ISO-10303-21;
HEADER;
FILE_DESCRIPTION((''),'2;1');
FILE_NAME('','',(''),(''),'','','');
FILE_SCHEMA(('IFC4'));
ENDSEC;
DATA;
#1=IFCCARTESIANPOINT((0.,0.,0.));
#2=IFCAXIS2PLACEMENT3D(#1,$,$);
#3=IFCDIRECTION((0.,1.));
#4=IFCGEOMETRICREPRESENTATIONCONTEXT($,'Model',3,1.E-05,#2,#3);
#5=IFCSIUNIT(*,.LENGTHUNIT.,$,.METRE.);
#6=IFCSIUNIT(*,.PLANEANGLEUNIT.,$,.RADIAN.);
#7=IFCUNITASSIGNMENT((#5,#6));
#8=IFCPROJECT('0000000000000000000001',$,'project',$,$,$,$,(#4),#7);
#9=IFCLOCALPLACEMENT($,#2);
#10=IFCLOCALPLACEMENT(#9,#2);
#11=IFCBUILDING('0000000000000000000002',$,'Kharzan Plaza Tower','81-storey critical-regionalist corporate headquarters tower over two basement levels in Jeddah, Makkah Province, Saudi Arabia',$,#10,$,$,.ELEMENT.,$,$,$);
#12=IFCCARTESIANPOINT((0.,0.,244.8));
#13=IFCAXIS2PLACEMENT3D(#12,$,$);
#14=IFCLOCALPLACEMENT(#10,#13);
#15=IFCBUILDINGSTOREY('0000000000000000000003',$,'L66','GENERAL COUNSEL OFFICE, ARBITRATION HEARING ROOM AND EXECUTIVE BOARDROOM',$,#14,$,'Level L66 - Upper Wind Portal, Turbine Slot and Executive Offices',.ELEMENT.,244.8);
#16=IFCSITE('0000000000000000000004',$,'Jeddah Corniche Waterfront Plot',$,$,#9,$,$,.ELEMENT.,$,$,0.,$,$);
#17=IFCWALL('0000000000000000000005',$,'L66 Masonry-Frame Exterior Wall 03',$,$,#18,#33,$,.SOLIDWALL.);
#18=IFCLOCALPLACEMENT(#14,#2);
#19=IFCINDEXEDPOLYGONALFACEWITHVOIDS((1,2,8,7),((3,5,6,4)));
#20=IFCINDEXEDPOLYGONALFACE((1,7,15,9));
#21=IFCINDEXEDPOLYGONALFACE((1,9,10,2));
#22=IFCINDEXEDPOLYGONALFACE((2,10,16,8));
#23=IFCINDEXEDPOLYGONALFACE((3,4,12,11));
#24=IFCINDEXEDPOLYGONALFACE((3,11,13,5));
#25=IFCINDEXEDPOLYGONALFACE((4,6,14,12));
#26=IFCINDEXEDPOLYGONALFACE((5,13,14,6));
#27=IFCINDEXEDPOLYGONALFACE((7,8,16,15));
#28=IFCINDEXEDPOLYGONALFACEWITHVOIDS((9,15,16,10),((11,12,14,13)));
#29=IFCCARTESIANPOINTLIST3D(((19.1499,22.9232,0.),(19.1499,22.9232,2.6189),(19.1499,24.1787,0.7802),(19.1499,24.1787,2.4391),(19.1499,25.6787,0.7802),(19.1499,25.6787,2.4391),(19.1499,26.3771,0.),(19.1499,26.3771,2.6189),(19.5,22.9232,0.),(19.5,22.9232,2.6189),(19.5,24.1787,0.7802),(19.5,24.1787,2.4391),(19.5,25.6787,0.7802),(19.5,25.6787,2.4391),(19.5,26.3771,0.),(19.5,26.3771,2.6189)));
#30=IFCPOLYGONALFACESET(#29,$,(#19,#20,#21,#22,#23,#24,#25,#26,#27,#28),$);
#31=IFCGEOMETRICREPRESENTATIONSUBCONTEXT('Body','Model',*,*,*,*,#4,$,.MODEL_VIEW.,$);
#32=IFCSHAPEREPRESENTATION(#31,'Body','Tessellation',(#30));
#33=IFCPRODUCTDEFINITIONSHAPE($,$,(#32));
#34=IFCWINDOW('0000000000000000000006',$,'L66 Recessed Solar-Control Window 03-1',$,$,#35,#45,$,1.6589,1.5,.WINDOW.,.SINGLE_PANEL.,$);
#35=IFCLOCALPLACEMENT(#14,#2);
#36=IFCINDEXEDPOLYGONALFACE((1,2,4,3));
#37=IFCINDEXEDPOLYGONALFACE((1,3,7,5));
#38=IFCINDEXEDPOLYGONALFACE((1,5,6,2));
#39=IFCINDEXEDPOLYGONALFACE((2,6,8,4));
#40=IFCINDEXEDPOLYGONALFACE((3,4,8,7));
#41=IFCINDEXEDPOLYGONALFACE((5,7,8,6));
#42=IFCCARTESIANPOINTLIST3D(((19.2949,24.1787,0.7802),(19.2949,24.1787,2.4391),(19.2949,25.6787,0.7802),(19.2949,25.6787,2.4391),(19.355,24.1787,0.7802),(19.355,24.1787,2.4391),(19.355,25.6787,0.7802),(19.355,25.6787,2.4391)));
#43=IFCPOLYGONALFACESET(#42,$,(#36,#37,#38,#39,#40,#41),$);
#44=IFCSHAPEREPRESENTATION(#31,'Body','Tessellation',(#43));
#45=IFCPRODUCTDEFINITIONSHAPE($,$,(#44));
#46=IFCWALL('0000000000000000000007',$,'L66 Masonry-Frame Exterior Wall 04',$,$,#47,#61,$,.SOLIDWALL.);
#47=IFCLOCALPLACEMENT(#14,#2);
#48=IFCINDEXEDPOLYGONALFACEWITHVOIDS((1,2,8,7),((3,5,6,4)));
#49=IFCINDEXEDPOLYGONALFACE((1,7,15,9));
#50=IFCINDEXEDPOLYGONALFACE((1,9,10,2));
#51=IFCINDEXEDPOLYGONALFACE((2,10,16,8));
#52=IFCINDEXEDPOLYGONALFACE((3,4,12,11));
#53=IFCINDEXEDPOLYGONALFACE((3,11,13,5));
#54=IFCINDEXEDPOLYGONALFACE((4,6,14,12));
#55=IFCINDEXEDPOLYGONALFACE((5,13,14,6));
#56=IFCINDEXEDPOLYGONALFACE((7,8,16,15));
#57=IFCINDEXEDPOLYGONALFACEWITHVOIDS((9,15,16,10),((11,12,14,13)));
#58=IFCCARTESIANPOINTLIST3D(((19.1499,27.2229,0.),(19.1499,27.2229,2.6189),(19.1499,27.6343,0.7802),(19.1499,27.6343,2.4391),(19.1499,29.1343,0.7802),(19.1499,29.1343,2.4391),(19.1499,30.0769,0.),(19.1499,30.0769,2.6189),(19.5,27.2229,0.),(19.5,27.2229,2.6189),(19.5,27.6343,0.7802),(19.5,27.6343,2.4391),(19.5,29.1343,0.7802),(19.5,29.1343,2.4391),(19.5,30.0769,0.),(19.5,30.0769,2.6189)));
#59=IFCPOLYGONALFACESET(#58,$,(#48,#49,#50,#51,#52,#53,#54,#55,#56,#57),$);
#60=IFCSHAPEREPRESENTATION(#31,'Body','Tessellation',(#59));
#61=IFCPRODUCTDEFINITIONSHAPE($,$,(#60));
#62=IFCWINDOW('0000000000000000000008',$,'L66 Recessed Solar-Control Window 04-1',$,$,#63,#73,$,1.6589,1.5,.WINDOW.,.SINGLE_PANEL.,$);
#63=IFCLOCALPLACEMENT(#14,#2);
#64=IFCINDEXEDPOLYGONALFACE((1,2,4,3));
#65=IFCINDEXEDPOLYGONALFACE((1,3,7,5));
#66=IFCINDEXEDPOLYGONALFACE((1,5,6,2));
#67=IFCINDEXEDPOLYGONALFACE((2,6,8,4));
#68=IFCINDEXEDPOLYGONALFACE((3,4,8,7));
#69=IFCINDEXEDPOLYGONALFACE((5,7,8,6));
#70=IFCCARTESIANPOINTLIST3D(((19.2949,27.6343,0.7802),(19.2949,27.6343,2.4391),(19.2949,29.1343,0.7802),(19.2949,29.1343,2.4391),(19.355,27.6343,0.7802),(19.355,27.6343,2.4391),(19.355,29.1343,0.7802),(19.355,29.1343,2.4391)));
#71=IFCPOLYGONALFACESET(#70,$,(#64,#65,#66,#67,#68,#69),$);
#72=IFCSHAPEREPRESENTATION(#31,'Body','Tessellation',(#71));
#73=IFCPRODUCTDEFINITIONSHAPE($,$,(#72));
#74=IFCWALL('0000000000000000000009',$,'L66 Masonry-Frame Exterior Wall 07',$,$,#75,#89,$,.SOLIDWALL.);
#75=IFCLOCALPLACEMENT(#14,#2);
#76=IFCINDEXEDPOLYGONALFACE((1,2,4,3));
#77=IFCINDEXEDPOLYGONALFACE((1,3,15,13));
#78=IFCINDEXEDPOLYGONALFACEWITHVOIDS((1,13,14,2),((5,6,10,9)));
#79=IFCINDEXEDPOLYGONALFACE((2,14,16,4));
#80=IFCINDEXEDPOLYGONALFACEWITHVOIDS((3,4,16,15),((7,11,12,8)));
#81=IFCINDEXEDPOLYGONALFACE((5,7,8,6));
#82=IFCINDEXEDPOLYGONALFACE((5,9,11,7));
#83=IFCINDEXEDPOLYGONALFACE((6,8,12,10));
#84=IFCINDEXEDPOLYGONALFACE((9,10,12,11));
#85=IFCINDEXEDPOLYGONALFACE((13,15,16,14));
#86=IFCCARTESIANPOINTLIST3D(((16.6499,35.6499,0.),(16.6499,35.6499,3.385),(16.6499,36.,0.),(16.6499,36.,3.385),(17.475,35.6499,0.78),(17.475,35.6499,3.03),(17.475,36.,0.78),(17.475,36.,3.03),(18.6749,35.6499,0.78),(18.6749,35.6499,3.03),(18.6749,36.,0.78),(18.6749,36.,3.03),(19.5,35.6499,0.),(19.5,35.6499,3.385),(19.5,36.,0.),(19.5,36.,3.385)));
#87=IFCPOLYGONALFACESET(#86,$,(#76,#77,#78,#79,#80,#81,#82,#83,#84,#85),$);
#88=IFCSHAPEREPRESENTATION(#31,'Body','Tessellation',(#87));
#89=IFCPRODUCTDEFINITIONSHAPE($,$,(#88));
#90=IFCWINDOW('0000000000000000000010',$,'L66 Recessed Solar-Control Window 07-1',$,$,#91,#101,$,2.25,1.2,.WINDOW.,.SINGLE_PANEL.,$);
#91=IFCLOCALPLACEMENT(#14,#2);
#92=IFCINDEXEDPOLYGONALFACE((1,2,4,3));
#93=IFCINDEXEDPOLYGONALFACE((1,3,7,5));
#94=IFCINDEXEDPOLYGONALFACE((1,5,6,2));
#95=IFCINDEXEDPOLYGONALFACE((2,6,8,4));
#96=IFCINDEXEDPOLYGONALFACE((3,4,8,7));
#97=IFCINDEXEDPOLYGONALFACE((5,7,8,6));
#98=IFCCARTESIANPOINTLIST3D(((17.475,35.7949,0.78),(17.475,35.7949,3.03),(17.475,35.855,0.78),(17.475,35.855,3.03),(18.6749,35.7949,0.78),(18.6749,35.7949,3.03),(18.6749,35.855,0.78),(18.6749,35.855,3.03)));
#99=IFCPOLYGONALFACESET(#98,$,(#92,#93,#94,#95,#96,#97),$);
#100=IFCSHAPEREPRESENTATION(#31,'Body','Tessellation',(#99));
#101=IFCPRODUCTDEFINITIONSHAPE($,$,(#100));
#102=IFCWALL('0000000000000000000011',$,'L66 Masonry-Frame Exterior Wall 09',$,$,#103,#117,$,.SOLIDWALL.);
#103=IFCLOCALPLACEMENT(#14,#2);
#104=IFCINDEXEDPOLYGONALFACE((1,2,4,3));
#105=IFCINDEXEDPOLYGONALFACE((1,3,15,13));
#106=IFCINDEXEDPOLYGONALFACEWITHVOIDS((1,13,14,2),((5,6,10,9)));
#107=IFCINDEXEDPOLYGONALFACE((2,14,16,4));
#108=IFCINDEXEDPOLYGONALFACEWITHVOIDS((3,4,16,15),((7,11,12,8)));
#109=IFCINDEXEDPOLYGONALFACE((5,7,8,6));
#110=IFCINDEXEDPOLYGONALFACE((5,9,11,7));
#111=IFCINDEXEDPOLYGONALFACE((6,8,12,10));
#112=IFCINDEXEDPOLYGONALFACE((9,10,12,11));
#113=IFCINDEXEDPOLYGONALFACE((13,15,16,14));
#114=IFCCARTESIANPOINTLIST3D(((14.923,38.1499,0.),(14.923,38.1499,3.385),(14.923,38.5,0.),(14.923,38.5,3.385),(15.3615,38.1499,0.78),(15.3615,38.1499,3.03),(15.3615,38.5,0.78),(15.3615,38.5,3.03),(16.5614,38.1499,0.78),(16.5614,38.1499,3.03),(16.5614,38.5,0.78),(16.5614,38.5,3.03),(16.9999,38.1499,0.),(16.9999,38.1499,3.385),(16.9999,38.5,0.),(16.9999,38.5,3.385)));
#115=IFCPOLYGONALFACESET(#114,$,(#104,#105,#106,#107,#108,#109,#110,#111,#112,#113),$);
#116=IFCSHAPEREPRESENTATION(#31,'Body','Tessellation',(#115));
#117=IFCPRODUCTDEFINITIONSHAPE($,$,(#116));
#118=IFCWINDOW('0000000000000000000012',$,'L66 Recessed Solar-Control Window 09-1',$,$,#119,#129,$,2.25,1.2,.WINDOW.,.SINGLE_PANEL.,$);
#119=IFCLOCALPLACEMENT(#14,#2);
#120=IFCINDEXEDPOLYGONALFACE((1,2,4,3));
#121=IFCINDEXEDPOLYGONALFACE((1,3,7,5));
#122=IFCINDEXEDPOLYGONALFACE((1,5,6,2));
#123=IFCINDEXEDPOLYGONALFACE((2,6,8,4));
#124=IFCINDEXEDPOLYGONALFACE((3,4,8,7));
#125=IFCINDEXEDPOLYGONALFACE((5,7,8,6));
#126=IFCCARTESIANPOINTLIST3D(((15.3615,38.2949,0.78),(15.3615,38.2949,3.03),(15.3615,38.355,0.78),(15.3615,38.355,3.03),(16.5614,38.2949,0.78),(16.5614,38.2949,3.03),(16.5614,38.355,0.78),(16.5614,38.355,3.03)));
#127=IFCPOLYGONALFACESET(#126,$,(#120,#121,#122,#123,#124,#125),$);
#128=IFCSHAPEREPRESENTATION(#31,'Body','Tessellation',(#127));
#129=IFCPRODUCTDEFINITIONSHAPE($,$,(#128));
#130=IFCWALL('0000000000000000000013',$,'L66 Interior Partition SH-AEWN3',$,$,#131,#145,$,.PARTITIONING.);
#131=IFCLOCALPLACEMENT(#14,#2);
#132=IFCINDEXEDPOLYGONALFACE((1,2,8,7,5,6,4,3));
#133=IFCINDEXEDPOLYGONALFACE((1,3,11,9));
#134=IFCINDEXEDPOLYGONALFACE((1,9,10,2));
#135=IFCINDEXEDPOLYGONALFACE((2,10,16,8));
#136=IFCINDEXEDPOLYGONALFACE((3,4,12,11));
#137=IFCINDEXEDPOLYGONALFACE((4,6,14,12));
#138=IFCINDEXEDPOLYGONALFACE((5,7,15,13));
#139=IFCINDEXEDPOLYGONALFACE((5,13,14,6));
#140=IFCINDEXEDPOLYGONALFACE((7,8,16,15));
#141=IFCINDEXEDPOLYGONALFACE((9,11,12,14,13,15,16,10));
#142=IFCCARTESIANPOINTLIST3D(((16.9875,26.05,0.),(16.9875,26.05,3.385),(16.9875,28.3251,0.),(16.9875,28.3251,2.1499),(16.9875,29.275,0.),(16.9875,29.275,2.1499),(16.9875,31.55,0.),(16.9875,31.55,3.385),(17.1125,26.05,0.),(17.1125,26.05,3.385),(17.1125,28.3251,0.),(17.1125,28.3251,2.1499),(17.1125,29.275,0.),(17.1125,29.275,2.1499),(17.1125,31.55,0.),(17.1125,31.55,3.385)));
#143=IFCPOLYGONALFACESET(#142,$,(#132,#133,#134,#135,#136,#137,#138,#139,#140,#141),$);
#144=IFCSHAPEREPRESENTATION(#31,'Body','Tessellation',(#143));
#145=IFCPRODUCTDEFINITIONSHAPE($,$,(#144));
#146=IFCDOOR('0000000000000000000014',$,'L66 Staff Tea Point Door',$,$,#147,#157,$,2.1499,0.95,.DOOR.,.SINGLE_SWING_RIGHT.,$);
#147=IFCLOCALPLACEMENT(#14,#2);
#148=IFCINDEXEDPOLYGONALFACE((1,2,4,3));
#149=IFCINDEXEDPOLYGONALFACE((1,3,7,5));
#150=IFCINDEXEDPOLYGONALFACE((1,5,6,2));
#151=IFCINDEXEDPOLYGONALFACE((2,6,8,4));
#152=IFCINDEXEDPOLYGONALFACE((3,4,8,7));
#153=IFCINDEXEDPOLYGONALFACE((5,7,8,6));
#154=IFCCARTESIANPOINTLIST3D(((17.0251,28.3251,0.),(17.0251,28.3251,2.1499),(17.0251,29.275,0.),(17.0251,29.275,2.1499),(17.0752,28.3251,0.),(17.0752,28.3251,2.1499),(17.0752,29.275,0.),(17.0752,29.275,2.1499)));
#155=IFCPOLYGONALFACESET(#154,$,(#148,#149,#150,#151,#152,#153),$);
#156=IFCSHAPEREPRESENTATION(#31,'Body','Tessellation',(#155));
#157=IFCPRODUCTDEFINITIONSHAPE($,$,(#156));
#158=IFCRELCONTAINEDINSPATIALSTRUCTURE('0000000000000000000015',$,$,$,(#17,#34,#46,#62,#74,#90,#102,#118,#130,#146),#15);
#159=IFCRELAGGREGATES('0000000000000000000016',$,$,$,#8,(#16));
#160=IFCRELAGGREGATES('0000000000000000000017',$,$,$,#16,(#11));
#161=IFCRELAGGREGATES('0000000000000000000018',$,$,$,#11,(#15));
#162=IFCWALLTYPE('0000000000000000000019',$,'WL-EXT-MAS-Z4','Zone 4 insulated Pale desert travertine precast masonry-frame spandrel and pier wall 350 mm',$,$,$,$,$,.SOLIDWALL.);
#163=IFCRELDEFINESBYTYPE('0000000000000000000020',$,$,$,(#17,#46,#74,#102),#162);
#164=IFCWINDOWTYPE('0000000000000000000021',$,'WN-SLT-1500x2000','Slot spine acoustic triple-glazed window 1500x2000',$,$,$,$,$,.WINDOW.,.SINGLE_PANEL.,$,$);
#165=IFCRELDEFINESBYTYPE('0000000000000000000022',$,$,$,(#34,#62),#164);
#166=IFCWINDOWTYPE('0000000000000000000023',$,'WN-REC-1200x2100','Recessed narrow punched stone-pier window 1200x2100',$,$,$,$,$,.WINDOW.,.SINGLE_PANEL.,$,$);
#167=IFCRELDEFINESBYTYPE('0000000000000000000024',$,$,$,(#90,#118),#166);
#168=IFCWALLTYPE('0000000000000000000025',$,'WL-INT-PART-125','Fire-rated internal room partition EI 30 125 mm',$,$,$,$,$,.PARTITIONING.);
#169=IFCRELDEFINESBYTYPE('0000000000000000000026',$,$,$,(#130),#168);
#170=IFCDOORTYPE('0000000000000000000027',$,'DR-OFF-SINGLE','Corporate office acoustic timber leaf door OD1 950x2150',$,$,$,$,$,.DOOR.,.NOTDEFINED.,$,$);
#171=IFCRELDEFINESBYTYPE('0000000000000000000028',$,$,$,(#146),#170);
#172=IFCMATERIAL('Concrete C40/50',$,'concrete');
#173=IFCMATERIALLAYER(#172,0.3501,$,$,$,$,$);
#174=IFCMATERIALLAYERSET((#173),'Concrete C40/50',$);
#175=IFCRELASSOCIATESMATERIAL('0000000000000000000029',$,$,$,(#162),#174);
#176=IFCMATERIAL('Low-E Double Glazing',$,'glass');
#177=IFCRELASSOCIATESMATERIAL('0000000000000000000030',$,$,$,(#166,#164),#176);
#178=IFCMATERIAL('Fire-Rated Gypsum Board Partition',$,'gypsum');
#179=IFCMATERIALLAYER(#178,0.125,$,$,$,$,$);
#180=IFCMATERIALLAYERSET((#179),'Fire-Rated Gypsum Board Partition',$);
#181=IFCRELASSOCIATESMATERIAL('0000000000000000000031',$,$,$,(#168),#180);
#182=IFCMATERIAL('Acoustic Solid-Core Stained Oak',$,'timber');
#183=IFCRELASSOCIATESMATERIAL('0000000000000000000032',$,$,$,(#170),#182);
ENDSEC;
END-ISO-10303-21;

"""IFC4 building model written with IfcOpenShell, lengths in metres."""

from ifc_helpers import new_model, si_unit, direction, frame, frame_2d, origin, place, context, subcontext, project, spatial, rectangle, extrude, source, transform, mapped, material, layer, layer_set, type_object, element, fill, save


model = new_model("IFC4")

# Units and contexts
model_context = context("Model", 3, precision=1e-05, world=origin(), true_north=direction((0.0, 1.0)))
body_context = subcontext(model_context, "Body", "Model", "MODEL_VIEW")
ifc_project = project(units=[si_unit("LENGTHUNIT", "METRE"), si_unit("PLANEANGLEUNIT", "RADIAN")], contexts=[model_context])

# Site, building, storey
site_placement = place(None, origin())
site = spatial("IfcSite", under=ifc_project, at=site_placement, Name="Jeddah Corniche Waterfront Plot", CompositionType="ELEMENT", RefElevation=0.0)
building_placement = place(site_placement, origin())
building = spatial("IfcBuilding", under=site, at=building_placement, Name="Kharzan Plaza Tower", Description="81-storey critical-regionalist corporate headquarters tower over two basement levels in Jeddah, Makkah Province, Saudi Arabia", CompositionType="ELEMENT")
storey_placement = place(building_placement, frame((0.0, 0.0, 244.8)))
storey = spatial("IfcBuildingStorey", under=building, at=storey_placement, Name="L66", Description="GENERAL COUNSEL OFFICE, ARBITRATION HEARING ROOM AND EXECUTIVE BOARDROOM", LongName="Level L66 - Upper Wind Portal, Turbine Slot and Executive Offices", CompositionType="ELEMENT", Elevation=244.8)

# Walls, openings, windows
ifc_material_1 = material(Name="Concrete C40/50", Category="concrete")
ifc_layer_1 = layer(ifc_material_1, 0.3501)
ifc_layer_set_1 = layer_set([ifc_layer_1], Name="Concrete C40/50")
wall_type_1 = type_object("IfcWallType", Name="WL-EXT-MAS-Z4", Description="Zone 4 insulated Pale desert travertine precast masonry-frame spandrel and pier wall 350 mm", PredefinedType="SOLIDWALL", material=ifc_layer_set_1)
ifc_material_2 = material(Name="Low-E Double Glazing", Category="glass")
window_type_1 = type_object("IfcWindowType", Name="WN-REC-1200x2100", Description="Recessed narrow punched stone-pier window 1200x2100", PartitioningType="SINGLE_PANEL", PredefinedType="WINDOW", material=ifc_material_2)
wall_1_placement = place(storey_placement, frame((19.325, 22.9231, 0.0), z_axis=(0.0, 0.0, 1.0), x_axis=(0.0, 1.0, 0.0)))
wall_1 = element("IfcWall", 1, at=wall_1_placement, inside=storey, type_object=wall_type_1, Name="L66 Masonry-Frame Exterior Wall 03", PredefinedType="SOLIDWALL", context=body_context, shape_type="SweptSolid", body=[
    extrude(rectangle(XDim=3.4539, YDim=0.3501, at=frame_2d((1.7271, 0.0))), origin(), (0.0, 0.0, 1.0), 2.6189),
])
opening_1_placement = place(wall_1_placement, frame((1.2556, 0.0, 0.78)))
opening_1 = element("IfcOpeningElement", 2, at=opening_1_placement, cuts=wall_1, PredefinedType="OPENING", context=body_context, shape_type="SweptSolid", body=[
    extrude(rectangle(XDim=1.5, YDim=1.6589, at=frame_2d((0.75, 0.8296))), frame((0.0, 0.1851, 0.0), z_axis=(0.0, -1.0, 0.0), x_axis=(1.0, 0.0, 0.0)), (0.0, 0.0, 1.0), 0.3701),
])
window_type_2 = type_object("IfcWindowType", Name="WN-SLT-1500x2000", Description="Slot spine acoustic triple-glazed window 1500x2000", PartitioningType="SINGLE_PANEL", PredefinedType="WINDOW", material=ifc_material_2)
shared_shape_1 = source(origin(), body_context, "Body", "SweptSolid", [
    extrude(rectangle(XDim=1.5, YDim=1.6589, at=frame_2d((0.75, 0.8296))), frame((0.0, 0.03, 0.0), z_axis=(0.0, -1.0, 0.0), x_axis=(1.0, 0.0, 0.0)), (0.0, 0.0, 1.0), 0.0601),
])
window_1_placement = place(opening_1_placement, origin())
window_1 = element("IfcWindow", 3, at=window_1_placement, inside=storey, type_object=window_type_2, Name="L66 Recessed Solar-Control Window 03-1", OverallHeight=1.6589, OverallWidth=1.5, PartitioningType="SINGLE_PANEL", PredefinedType="WINDOW", context=body_context, shape_type="MappedRepresentation", body=[
    mapped(shared_shape_1, transform((0.0, 0.0, 0.0), x_axis=(1.0, 0.0, 0.0), y_axis=(0.0, 1.0, 0.0), z_axis=(0.0, 0.0, 1.0))),
])
fill(opening_1, window_1)
wall_2_placement = place(storey_placement, frame((19.325, 27.2229, 0.0), z_axis=(0.0, 0.0, 1.0), x_axis=(0.0, 1.0, 0.0)))
wall_2 = element("IfcWall", 4, at=wall_2_placement, inside=storey, type_object=wall_type_1, Name="L66 Masonry-Frame Exterior Wall 04", PredefinedType="SOLIDWALL", context=body_context, shape_type="SweptSolid", body=[
    extrude(rectangle(XDim=2.854, YDim=0.3501, at=frame_2d((1.427, 0.0))), origin(), (0.0, 0.0, 1.0), 2.6189),
])
opening_2_placement = place(wall_2_placement, frame((0.4114, 0.0, 0.78)))
opening_2 = element("IfcOpeningElement", 5, at=opening_2_placement, cuts=wall_2, PredefinedType="OPENING", context=body_context, shape_type="SweptSolid", body=[
    extrude(rectangle(XDim=1.5, YDim=1.6589, at=frame_2d((0.75, 0.8296))), frame((0.0, 0.1851, 0.0), z_axis=(0.0, -1.0, 0.0), x_axis=(1.0, 0.0, 0.0)), (0.0, 0.0, 1.0), 0.3701),
])
window_2_placement = place(opening_2_placement, origin())
window_2 = element("IfcWindow", 6, at=window_2_placement, inside=storey, type_object=window_type_2, Name="L66 Recessed Solar-Control Window 04-1", OverallHeight=1.6589, OverallWidth=1.5, PartitioningType="SINGLE_PANEL", PredefinedType="WINDOW", context=body_context, shape_type="MappedRepresentation", body=[
    mapped(shared_shape_1, transform((0.0, 0.0, 0.0), x_axis=(1.0, 0.0, 0.0), y_axis=(0.0, 1.0, 0.0), z_axis=(0.0, 0.0, 1.0))),
])
fill(opening_2, window_2)
wall_3_placement = place(storey_placement, frame((19.5, 35.825, 0.0), z_axis=(0.0, 0.0, 1.0), x_axis=(-1.0, 0.0, 0.0)))
wall_3 = element("IfcWall", 7, at=wall_3_placement, inside=storey, type_object=wall_type_1, Name="L66 Masonry-Frame Exterior Wall 07", PredefinedType="SOLIDWALL", context=body_context, shape_type="SweptSolid", body=[
    extrude(rectangle(XDim=2.8501, YDim=0.3501, at=frame_2d((1.425, 0.0))), origin(), (0.0, 0.0, 1.0), 3.385),
])
opening_3_placement = place(wall_3_placement, frame((0.825, 0.0, 0.78)))
opening_3 = element("IfcOpeningElement", 8, at=opening_3_placement, cuts=wall_3, PredefinedType="OPENING", context=body_context, shape_type="SweptSolid", body=[
    extrude(rectangle(XDim=1.2, YDim=2.25, at=frame_2d((0.6001, 1.125))), frame((0.0, 0.1851, 0.0), z_axis=(0.0, -1.0, 0.0), x_axis=(1.0, 0.0, 0.0)), (0.0, 0.0, 1.0), 0.3701),
])
shared_shape_2 = source(origin(), body_context, "Body", "SweptSolid", [
    extrude(rectangle(XDim=1.2, YDim=2.25, at=frame_2d((0.6001, 1.125))), frame((0.0, 0.03, 0.0), z_axis=(0.0, -1.0, 0.0), x_axis=(1.0, 0.0, 0.0)), (0.0, 0.0, 1.0), 0.0601),
])
window_3_placement = place(opening_3_placement, origin())
window_3 = element("IfcWindow", 9, at=window_3_placement, inside=storey, type_object=window_type_1, Name="L66 Recessed Solar-Control Window 07-1", OverallHeight=2.25, OverallWidth=1.2, PartitioningType="SINGLE_PANEL", PredefinedType="WINDOW", context=body_context, shape_type="MappedRepresentation", body=[
    mapped(shared_shape_2, transform((0.0, 0.0, 0.0), x_axis=(1.0, 0.0, 0.0), y_axis=(0.0, 1.0, 0.0), z_axis=(0.0, 0.0, 1.0))),
])
fill(opening_3, window_3)
wall_4_placement = place(storey_placement, frame((17.0, 38.325, 0.0), z_axis=(0.0, 0.0, 1.0), x_axis=(-1.0, 0.0, 0.0)))
wall_4 = element("IfcWall", 10, at=wall_4_placement, inside=storey, type_object=wall_type_1, Name="L66 Masonry-Frame Exterior Wall 09", PredefinedType="SOLIDWALL", context=body_context, shape_type="SweptSolid", body=[
    extrude(rectangle(XDim=2.0769, YDim=0.3501, at=frame_2d((1.0386, 0.0))), origin(), (0.0, 0.0, 1.0), 3.385),
])
opening_4_placement = place(wall_4_placement, frame((0.4385, 0.0, 0.78)))
opening_4 = element("IfcOpeningElement", 11, at=opening_4_placement, cuts=wall_4, PredefinedType="OPENING", context=body_context, shape_type="SweptSolid", body=[
    extrude(rectangle(XDim=1.2, YDim=2.25, at=frame_2d((0.6001, 1.125))), frame((0.0, 0.1851, 0.0), z_axis=(0.0, -1.0, 0.0), x_axis=(1.0, 0.0, 0.0)), (0.0, 0.0, 1.0), 0.3701),
])
window_4_placement = place(opening_4_placement, origin())
window_4 = element("IfcWindow", 12, at=window_4_placement, inside=storey, type_object=window_type_1, Name="L66 Recessed Solar-Control Window 09-1", OverallHeight=2.25, OverallWidth=1.2, PartitioningType="SINGLE_PANEL", PredefinedType="WINDOW", context=body_context, shape_type="MappedRepresentation", body=[
    mapped(shared_shape_2, transform((0.0, 0.0, 0.0), x_axis=(1.0, 0.0, 0.0), y_axis=(0.0, 1.0, 0.0), z_axis=(0.0, 0.0, 1.0))),
])
fill(opening_4, window_4)

# Wall, opening, door
ifc_material_3 = material(Name="Fire-Rated Gypsum Board Partition", Category="gypsum")
ifc_layer_2 = layer(ifc_material_3, 0.125)
ifc_layer_set_2 = layer_set([ifc_layer_2], Name="Fire-Rated Gypsum Board Partition")
wall_type_2 = type_object("IfcWallType", Name="WL-INT-PART-125", Description="Fire-rated internal room partition EI 30 125 mm", PredefinedType="PARTITIONING", material=ifc_layer_set_2)
wall_5_placement = place(storey_placement, frame((17.05, 26.05, 0.0), z_axis=(0.0, 0.0, 1.0), x_axis=(0.0, 1.0, 0.0)))
wall_5 = element("IfcWall", 13, at=wall_5_placement, inside=storey, type_object=wall_type_2, Name="L66 Interior Partition SH-AEWN3", PredefinedType="PARTITIONING", context=body_context, shape_type="SweptSolid", body=[
    extrude(rectangle(XDim=5.5, YDim=0.125, at=frame_2d((2.75, 0.0))), origin(), (0.0, 0.0, 1.0), 3.385),
])
opening_5_placement = place(wall_5_placement, frame((2.2749, 0.0, 0.0)))
opening_5 = element("IfcOpeningElement", 14, at=opening_5_placement, cuts=wall_5, PredefinedType="OPENING", context=body_context, shape_type="SweptSolid", body=[
    extrude(rectangle(XDim=0.95, YDim=2.1499, at=frame_2d((0.4751, 1.075))), frame((0.0, 0.0725, 0.0), z_axis=(0.0, -1.0, 0.0), x_axis=(1.0, 0.0, 0.0)), (0.0, 0.0, 1.0), 0.145),
])
ifc_material_4 = material(Name="Acoustic Solid-Core Stained Oak", Category="timber")
door_type_1 = type_object("IfcDoorType", Name="DR-OFF-SINGLE", Description="Corporate office acoustic timber leaf door OD1 950x2150", OperationType="NOTDEFINED", PredefinedType="DOOR", material=ifc_material_4)
shared_shape_3 = source(origin(), body_context, "Body", "SweptSolid", [
    extrude(rectangle(XDim=0.95, YDim=2.1499, at=frame_2d((0.4751, 1.075))), frame((0.0, 0.0249, 0.0), z_axis=(0.0, -1.0, 0.0), x_axis=(1.0, 0.0, 0.0)), (0.0, 0.0, 1.0), 0.05),
])
door_1_placement = place(opening_5_placement, origin())
door_1 = element("IfcDoor", 15, at=door_1_placement, inside=storey, type_object=door_type_1, Name="L66 Staff Tea Point Door", OperationType="SINGLE_SWING_RIGHT", OverallHeight=2.1499, OverallWidth=0.95, PredefinedType="DOOR", context=body_context, shape_type="MappedRepresentation", body=[
    mapped(shared_shape_3, transform((0.0, 0.0, 0.0), x_axis=(1.0, 0.0, 0.0), y_axis=(0.0, 1.0, 0.0), z_axis=(0.0, 0.0, 1.0))),
])
fill(opening_5, door_1)

save(model, "model.ifc")
